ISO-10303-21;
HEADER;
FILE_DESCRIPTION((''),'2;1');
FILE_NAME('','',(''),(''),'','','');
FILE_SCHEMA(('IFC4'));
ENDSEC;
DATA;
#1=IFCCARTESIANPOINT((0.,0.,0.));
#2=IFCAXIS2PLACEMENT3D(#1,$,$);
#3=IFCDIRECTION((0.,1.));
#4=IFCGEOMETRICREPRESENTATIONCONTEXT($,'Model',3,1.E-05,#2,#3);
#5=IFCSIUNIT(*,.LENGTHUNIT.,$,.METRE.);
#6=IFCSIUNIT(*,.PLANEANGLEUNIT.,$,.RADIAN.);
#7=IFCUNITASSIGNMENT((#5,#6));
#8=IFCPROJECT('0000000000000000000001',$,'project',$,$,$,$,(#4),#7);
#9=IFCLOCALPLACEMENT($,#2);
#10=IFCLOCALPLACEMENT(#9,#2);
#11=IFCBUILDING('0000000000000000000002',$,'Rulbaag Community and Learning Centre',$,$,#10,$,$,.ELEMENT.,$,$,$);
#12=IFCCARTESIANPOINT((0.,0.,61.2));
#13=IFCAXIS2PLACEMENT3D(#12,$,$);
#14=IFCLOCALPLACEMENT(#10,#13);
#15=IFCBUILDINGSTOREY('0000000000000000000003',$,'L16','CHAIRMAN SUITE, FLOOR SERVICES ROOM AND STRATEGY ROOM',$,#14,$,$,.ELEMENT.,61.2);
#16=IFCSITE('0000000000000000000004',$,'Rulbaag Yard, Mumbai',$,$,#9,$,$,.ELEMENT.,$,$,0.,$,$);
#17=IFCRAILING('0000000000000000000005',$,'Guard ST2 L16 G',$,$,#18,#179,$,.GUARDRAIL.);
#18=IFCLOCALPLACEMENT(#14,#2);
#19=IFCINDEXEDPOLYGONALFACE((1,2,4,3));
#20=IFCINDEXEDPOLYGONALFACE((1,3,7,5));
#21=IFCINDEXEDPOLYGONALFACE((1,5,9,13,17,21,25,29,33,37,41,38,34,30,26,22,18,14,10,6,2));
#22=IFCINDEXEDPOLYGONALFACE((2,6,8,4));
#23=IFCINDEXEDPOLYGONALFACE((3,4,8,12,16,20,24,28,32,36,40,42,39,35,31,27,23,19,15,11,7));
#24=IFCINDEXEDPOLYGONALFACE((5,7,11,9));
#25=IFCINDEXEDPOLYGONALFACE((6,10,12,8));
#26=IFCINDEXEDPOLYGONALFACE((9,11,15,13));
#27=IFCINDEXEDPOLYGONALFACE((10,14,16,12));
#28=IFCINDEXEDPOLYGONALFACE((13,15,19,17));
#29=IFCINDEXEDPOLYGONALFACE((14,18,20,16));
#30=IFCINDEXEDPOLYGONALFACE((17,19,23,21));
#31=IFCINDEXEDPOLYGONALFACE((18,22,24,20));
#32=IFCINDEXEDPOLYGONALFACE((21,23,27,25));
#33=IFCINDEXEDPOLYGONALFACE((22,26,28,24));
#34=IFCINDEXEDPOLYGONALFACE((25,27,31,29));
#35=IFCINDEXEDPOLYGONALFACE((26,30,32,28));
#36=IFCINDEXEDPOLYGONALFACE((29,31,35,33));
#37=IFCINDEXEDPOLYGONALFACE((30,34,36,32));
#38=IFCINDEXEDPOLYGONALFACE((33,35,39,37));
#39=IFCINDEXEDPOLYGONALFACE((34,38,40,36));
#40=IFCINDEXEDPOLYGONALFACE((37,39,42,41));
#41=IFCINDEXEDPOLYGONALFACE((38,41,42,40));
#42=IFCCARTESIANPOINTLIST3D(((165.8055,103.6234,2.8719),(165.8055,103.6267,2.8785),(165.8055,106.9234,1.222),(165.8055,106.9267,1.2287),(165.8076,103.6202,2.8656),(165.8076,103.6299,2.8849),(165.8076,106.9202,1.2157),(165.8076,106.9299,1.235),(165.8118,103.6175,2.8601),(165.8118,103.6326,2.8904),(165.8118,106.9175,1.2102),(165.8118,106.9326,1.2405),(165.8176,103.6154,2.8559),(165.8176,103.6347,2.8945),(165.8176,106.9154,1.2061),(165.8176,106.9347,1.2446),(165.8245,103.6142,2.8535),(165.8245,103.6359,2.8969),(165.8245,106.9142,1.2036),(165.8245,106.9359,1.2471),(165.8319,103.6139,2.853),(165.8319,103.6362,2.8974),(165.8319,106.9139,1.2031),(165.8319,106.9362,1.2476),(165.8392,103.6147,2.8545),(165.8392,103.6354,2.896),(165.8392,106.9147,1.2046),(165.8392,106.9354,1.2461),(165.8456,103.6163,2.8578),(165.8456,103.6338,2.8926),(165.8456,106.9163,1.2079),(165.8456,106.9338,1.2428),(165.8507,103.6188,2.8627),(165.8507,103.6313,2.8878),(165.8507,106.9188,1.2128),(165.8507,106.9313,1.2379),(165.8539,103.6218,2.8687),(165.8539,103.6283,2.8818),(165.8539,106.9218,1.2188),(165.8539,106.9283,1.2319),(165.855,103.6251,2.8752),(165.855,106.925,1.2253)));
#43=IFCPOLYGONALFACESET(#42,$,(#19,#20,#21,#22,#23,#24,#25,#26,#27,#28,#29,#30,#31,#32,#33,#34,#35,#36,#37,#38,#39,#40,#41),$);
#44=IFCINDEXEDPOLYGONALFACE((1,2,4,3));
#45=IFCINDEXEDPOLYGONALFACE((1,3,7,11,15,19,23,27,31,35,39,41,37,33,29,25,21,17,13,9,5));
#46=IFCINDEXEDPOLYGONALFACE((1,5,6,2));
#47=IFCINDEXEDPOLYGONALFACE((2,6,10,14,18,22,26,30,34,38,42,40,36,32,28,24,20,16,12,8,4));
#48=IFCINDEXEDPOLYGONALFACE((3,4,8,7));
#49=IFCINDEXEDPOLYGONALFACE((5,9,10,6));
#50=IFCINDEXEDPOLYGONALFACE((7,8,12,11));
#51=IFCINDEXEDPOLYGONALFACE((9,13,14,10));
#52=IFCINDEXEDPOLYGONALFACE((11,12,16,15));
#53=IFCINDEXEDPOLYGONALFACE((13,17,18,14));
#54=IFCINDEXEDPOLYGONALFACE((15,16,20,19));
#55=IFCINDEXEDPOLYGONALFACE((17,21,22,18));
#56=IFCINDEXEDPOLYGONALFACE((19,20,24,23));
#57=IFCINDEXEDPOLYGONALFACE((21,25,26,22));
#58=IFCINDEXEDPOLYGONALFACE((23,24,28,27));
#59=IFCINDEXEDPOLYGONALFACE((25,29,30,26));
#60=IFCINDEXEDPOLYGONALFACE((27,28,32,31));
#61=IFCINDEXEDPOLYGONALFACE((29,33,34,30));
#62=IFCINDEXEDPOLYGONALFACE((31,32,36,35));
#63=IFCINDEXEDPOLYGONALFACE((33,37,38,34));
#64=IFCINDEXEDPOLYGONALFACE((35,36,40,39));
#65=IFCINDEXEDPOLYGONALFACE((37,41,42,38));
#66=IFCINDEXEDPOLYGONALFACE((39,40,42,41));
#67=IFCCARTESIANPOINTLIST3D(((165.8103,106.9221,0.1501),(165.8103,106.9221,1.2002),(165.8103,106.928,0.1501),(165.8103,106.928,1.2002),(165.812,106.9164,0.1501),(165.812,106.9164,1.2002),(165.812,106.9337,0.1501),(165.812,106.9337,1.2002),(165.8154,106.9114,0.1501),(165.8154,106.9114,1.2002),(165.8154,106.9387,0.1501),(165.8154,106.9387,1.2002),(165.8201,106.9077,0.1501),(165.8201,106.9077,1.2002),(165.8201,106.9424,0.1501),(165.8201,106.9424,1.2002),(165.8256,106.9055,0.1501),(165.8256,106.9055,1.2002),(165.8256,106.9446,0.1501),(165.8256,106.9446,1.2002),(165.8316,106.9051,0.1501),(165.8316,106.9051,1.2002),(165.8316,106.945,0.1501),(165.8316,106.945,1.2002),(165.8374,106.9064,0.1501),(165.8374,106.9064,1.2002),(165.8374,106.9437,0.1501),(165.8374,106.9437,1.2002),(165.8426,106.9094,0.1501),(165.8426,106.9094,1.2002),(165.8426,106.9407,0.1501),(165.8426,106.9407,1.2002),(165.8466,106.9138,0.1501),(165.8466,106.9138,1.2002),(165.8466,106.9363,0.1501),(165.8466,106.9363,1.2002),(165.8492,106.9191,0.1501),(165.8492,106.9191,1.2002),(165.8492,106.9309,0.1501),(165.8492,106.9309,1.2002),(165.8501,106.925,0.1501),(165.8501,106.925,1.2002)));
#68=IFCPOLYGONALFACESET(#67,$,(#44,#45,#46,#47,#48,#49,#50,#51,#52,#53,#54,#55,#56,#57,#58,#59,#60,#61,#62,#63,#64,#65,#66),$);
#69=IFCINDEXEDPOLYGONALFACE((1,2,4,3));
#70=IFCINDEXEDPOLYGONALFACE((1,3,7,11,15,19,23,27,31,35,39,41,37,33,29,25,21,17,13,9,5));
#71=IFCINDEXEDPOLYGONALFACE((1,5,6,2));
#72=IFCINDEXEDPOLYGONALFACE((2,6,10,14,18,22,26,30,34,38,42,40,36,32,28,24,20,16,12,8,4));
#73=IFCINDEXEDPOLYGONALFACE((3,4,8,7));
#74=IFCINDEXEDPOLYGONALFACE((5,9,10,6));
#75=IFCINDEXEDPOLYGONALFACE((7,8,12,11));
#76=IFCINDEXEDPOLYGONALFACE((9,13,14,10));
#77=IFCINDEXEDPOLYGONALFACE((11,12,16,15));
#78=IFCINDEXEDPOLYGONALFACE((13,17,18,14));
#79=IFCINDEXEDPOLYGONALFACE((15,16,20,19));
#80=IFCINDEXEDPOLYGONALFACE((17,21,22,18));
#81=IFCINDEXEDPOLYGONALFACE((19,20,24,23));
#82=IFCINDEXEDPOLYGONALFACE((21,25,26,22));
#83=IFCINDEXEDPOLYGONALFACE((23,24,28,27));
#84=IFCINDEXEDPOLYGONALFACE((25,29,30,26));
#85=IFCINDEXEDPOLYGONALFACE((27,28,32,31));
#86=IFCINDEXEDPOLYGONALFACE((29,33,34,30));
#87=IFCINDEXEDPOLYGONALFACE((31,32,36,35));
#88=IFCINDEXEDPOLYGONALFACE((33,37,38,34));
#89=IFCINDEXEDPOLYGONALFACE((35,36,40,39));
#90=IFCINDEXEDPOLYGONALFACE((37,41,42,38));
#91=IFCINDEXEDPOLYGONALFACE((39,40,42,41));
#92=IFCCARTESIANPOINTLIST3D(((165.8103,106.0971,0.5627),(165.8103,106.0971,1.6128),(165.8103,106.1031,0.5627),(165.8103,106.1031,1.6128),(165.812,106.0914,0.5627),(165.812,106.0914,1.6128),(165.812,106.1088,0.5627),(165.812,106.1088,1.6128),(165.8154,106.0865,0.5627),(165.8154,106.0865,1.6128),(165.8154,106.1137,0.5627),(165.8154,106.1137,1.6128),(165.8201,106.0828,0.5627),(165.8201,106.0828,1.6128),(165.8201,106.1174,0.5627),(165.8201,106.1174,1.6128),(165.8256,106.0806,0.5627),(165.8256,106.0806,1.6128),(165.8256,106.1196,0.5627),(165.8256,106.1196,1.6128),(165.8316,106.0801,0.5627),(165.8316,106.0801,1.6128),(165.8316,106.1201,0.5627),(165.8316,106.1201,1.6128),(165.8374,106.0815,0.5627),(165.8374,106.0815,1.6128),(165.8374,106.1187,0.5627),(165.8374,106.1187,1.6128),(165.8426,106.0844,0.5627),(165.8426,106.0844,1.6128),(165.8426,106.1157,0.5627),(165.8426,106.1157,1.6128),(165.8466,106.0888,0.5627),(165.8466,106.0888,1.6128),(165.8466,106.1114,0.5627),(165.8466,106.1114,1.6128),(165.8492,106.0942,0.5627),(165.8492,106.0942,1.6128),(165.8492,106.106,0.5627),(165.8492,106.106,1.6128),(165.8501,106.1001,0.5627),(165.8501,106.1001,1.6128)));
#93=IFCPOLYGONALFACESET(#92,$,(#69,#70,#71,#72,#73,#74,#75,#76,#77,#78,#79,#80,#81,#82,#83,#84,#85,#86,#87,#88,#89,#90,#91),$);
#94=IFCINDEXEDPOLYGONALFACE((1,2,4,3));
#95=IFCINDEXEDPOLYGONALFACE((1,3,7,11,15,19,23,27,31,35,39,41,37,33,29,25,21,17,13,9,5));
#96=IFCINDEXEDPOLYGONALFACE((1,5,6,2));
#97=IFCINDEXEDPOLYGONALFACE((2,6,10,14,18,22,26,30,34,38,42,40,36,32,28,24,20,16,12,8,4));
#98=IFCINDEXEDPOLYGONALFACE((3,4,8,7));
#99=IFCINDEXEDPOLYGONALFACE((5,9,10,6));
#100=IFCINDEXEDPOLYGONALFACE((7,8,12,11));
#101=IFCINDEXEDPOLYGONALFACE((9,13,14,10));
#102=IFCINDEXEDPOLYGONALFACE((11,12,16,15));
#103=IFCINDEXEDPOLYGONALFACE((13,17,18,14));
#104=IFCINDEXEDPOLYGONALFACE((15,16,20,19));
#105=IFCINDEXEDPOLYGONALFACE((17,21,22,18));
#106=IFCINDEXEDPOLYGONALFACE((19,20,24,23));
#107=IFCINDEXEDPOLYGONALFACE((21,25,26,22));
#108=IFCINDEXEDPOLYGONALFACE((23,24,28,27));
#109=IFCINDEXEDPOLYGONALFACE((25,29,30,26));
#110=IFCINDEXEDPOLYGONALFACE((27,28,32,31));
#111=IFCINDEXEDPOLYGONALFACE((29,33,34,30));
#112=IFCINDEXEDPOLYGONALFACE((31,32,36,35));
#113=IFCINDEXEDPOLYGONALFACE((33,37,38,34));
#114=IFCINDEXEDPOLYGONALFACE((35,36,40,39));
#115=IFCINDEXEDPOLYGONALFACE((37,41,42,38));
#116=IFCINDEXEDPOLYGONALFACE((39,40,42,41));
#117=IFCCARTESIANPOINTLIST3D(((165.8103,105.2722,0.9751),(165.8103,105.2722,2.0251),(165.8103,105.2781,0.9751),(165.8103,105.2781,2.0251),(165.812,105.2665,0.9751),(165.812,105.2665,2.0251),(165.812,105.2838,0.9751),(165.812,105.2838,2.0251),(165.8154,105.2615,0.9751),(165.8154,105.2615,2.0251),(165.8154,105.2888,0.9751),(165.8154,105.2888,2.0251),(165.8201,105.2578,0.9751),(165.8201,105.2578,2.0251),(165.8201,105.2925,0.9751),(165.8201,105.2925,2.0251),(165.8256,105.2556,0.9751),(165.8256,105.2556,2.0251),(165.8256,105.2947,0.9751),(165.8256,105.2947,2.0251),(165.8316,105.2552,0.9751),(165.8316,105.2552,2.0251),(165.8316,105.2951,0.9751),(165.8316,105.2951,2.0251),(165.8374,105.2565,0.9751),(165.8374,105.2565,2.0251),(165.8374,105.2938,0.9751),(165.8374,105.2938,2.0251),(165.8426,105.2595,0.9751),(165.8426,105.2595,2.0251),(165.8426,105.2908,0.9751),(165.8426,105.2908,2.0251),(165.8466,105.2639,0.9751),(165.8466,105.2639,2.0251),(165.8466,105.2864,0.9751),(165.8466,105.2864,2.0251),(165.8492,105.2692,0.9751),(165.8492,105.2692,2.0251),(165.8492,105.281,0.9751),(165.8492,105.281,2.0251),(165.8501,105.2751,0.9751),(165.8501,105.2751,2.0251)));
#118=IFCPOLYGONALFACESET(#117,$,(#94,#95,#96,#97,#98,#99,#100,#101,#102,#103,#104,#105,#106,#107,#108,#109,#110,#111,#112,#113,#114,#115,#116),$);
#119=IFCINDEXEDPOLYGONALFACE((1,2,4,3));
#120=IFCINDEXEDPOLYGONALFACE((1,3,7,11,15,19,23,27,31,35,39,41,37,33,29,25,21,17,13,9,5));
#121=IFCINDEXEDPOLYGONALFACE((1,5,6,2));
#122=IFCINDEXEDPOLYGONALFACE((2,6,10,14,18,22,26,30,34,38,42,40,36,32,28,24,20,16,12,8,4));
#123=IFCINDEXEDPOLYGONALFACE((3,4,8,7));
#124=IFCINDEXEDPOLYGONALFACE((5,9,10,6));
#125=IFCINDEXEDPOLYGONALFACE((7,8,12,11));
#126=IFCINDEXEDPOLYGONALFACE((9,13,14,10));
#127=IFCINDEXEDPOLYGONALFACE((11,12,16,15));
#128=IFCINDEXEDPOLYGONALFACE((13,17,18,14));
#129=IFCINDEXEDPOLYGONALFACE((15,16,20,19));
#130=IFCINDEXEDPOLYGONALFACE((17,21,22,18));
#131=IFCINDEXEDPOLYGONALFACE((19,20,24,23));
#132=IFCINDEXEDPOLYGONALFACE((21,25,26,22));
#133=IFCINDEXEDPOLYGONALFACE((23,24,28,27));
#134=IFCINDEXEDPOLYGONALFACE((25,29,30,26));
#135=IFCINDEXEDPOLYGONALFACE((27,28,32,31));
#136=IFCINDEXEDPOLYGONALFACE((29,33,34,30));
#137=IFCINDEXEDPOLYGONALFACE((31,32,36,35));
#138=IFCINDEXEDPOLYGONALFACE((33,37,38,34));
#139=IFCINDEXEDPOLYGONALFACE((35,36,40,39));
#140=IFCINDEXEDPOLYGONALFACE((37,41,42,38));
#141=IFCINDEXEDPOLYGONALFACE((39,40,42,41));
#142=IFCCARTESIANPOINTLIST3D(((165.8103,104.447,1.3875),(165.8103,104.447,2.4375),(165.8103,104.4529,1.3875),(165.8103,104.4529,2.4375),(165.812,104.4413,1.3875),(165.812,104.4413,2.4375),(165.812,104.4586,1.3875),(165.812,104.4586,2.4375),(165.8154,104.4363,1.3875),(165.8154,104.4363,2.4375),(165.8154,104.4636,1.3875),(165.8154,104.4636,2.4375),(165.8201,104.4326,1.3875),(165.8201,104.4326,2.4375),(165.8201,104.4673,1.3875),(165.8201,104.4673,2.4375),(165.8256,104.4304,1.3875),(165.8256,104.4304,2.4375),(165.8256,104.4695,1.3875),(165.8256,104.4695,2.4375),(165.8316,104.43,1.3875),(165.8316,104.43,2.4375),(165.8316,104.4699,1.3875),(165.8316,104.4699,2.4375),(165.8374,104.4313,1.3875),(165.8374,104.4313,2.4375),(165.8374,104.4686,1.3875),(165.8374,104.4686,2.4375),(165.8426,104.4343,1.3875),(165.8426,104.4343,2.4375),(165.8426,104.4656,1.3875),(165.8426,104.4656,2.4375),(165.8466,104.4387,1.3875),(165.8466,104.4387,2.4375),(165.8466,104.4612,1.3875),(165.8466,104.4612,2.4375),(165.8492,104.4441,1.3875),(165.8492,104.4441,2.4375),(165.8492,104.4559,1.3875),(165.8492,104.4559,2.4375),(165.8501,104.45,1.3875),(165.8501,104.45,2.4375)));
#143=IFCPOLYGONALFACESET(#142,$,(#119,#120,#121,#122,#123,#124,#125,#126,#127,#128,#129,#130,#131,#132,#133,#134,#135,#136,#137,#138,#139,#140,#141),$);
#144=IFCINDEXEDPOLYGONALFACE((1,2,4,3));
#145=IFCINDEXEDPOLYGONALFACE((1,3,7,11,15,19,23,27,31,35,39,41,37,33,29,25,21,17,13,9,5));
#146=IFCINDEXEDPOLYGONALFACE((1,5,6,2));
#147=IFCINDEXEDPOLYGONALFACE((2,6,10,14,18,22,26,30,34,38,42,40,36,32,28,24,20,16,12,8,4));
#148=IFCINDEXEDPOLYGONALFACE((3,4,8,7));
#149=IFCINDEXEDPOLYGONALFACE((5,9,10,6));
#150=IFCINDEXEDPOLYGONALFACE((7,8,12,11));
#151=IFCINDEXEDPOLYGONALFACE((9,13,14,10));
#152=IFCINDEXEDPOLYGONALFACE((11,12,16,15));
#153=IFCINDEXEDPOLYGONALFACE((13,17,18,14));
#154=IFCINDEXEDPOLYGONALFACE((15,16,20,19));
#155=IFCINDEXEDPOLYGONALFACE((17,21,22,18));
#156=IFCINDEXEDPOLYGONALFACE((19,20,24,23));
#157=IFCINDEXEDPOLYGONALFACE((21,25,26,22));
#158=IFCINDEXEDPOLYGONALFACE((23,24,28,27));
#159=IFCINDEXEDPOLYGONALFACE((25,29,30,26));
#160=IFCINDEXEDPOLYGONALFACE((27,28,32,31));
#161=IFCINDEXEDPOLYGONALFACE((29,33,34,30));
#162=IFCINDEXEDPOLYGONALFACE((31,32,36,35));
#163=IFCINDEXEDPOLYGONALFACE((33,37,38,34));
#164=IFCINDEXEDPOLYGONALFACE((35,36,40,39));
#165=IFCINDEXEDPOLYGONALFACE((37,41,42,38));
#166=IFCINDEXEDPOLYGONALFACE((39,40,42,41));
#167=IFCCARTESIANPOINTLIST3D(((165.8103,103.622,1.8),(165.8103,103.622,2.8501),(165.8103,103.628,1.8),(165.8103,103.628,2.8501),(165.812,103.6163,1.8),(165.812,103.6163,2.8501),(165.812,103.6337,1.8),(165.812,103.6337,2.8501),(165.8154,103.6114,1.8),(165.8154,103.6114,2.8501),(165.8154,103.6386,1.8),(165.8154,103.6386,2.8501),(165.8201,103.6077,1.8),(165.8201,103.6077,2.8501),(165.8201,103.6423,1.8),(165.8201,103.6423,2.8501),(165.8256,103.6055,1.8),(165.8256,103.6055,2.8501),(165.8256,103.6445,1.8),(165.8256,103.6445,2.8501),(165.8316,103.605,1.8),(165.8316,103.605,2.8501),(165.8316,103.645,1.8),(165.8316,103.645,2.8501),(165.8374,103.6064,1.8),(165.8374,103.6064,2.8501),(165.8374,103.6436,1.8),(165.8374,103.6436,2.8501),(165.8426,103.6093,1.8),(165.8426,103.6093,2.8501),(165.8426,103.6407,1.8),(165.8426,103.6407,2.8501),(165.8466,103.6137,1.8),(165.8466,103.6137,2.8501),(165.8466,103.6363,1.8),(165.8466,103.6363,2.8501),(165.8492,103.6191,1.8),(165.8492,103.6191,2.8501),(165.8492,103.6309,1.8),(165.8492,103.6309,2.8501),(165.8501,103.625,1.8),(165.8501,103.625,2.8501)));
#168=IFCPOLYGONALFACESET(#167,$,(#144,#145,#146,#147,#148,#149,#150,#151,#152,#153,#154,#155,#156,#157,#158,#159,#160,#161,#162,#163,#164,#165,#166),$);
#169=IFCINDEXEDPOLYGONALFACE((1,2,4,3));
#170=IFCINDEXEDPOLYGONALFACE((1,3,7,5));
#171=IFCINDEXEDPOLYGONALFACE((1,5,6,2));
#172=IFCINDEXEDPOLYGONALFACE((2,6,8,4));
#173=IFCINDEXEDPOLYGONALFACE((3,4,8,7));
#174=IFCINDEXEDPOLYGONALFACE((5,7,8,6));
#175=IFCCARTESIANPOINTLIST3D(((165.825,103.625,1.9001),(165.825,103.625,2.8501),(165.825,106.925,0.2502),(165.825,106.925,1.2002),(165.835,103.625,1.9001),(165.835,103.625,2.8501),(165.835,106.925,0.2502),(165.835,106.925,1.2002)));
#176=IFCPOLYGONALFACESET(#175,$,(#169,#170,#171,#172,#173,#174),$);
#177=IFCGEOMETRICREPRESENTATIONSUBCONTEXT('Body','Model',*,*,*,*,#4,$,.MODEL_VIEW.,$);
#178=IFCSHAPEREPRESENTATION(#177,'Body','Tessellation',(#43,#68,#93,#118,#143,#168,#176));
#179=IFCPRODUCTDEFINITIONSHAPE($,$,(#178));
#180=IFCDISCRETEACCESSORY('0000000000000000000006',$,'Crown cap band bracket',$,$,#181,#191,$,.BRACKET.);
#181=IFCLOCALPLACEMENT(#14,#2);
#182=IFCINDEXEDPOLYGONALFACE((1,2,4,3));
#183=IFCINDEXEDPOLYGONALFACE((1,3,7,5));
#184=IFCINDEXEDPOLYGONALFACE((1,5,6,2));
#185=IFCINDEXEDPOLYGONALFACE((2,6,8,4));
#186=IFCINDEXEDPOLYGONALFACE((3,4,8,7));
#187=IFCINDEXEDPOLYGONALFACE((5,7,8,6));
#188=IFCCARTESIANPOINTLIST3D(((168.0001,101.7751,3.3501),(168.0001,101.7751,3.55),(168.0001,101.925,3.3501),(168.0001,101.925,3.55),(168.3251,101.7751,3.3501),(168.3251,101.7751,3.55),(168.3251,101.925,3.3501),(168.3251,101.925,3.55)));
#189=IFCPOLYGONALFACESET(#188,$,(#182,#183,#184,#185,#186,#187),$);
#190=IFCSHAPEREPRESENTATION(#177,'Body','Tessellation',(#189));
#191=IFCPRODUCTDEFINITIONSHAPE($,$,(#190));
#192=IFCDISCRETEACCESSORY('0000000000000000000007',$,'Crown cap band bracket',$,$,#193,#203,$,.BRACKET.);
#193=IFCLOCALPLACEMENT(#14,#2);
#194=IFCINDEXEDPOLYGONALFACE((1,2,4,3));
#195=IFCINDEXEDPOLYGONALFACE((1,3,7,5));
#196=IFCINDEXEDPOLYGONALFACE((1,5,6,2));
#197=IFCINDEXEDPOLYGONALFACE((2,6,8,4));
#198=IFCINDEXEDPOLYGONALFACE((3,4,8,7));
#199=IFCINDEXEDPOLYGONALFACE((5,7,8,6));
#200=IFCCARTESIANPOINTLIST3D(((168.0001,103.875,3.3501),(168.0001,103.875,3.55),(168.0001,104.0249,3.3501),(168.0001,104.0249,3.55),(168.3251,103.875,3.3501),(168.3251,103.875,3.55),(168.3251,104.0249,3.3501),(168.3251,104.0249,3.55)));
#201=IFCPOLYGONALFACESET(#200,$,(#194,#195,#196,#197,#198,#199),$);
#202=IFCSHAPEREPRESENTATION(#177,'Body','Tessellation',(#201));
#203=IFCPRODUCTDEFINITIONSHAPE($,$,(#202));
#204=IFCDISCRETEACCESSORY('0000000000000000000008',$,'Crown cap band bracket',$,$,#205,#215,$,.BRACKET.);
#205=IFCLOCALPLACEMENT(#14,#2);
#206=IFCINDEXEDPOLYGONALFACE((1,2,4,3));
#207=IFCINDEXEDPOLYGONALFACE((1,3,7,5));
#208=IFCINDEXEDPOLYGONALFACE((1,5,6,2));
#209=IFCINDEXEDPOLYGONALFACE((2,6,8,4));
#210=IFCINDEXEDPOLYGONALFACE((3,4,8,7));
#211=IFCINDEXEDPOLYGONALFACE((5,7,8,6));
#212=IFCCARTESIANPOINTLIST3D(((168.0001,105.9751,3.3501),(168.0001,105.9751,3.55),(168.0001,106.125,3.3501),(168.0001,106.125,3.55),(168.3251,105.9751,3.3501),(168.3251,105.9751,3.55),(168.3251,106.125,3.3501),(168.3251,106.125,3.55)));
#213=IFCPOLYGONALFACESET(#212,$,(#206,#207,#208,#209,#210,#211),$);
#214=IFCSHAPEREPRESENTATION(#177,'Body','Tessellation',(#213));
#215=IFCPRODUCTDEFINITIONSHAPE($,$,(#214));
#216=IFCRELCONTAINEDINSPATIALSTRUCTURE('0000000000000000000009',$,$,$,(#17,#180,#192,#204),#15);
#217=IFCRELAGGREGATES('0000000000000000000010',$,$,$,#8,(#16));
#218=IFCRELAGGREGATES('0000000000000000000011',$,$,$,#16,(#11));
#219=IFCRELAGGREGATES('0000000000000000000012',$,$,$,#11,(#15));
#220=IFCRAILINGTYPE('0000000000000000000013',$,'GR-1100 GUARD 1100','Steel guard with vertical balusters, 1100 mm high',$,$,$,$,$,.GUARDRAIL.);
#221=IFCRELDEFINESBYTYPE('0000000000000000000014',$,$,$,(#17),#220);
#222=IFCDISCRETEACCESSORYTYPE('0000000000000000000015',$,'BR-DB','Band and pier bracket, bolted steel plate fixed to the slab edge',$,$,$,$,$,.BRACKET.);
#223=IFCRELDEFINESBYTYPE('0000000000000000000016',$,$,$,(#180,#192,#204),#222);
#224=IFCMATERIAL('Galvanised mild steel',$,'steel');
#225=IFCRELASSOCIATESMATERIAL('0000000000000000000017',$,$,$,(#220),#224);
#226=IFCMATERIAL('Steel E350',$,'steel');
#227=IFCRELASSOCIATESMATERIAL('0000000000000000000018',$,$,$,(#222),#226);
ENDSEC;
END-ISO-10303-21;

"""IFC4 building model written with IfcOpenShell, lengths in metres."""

from ifc_helpers import new_model, si_unit, direction, frame, origin, origin_2d, place, context, subcontext, project, spatial, polyline, rectangle, circle, outline, extrude, material, type_object, element, save


model = new_model("IFC4")

# Units and contexts
model_context = context("Model", 3, precision=1e-05, world=origin(), true_north=direction((0.0, 1.0)))
body_context = subcontext(model_context, "Body", "Model", "MODEL_VIEW")
ifc_project = project(units=[si_unit("LENGTHUNIT", "METRE"), si_unit("PLANEANGLEUNIT", "RADIAN")], contexts=[model_context])

# Site, building, storey
site_placement = place(None, origin())
site = spatial("IfcSite", under=ifc_project, at=site_placement, Name="Rulbaag Yard, Mumbai", CompositionType="ELEMENT", RefElevation=0.0)
building_placement = place(site_placement, origin())
building = spatial("IfcBuilding", under=site, at=building_placement, Name="Rulbaag Community and Learning Centre", CompositionType="ELEMENT")
storey_placement = place(building_placement, frame((0.0, 0.0, 61.2)))
storey = spatial("IfcBuildingStorey", under=building, at=storey_placement, Name="L16", Description="CHAIRMAN SUITE, FLOOR SERVICES ROOM AND STRATEGY ROOM", CompositionType="ELEMENT", Elevation=61.2)

# Railing
ifc_material_1 = material(Name="Galvanised mild steel", Category="steel")
railing_type_1 = type_object("IfcRailingType", Name="GR-1100 GUARD 1100", Description="Steel guard with vertical balusters, 1100 mm high", PredefinedType="GUARDRAIL", material=ifc_material_1)
railing_1_placement = place(storey_placement, frame((165.8301, 106.925, 0.1501)))
element("IfcRailing", 1, at=railing_1_placement, inside=storey, type_object=railing_type_1, Name="Guard ST2 L16 G", PredefinedType="GUARDRAIL", context=body_context, shape_type="SweptSolid", body=[
    extrude(circle(Radius=0.0249, at=origin_2d()), frame((0.0, 0.0, 1.0752), z_axis=(0.0, -0.89444, 0.447187), x_axis=(1.0, 0.0, 0.0)), (0.0, 0.0, 1.0), 3.6895),
    extrude(circle(Radius=0.02, at=origin_2d()), origin(), (0.0, 0.0, 1.0), 1.05),
    extrude(circle(Radius=0.02, at=origin_2d()), frame((0.0, -0.825, 0.4126)), (0.0, 0.0, 1.0), 1.05),
    extrude(circle(Radius=0.02, at=origin_2d()), frame((0.0, -1.6499, 0.825)), (0.0, 0.0, 1.0), 1.05),
    extrude(circle(Radius=0.02, at=origin_2d()), frame((0.0, -2.4751, 1.2373)), (0.0, 0.0, 1.0), 1.05),
    extrude(circle(Radius=0.02, at=origin_2d()), frame((0.0, -3.3, 1.6499)), (0.0, 0.0, 1.0), 1.05),
    extrude(outline(polyline([(0.0, 0.0), (3.3, 1.6499), (3.3, 2.5999), (0.0, 0.95), (0.0, 0.0)])), frame((0.0049, 0.0, 0.1001), z_axis=(-1.0, 0.0, 0.0), x_axis=(0.0, -1.0, 0.0)), (0.0, 0.0, 1.0), 0.01),
])

# Discrete accessories
ifc_material_2 = material(Name="Steel E350", Category="steel")
discrete_accessory_type_1 = type_object("IfcDiscreteAccessoryType", Name="BR-DB", Description="Band and pier bracket, bolted steel plate fixed to the slab edge", PredefinedType="BRACKET", material=ifc_material_2)
for number, where, z_axis, x_axis, name in (
    (2, (168.1626, 101.8501, 3.3501), (0.0, 0.0, 1.0), (1.0, 0.0, 0.0), "Crown cap band bracket"),
    (3, (168.1626, 103.95, 3.3501), (0.0, 0.0, 1.0), (1.0, 0.0, 0.0), "Crown cap band bracket"),
    (4, (168.1626, 106.05, 3.3501), (0.0, 0.0, 1.0), (1.0, 0.0, 0.0), "Crown cap band bracket"),
):
    element("IfcDiscreteAccessory", number, at=place(storey_placement, frame(where, z_axis=z_axis, x_axis=x_axis)), inside=storey, type_object=discrete_accessory_type_1, Name=name, PredefinedType="BRACKET", context=body_context, shape_type="SweptSolid", body=[
        extrude(rectangle(XDim=0.325, YDim=0.1499, at=origin_2d()), origin(), (0.0, 0.0, 1.0), 0.2),
    ])

save(model, "model.ifc")
